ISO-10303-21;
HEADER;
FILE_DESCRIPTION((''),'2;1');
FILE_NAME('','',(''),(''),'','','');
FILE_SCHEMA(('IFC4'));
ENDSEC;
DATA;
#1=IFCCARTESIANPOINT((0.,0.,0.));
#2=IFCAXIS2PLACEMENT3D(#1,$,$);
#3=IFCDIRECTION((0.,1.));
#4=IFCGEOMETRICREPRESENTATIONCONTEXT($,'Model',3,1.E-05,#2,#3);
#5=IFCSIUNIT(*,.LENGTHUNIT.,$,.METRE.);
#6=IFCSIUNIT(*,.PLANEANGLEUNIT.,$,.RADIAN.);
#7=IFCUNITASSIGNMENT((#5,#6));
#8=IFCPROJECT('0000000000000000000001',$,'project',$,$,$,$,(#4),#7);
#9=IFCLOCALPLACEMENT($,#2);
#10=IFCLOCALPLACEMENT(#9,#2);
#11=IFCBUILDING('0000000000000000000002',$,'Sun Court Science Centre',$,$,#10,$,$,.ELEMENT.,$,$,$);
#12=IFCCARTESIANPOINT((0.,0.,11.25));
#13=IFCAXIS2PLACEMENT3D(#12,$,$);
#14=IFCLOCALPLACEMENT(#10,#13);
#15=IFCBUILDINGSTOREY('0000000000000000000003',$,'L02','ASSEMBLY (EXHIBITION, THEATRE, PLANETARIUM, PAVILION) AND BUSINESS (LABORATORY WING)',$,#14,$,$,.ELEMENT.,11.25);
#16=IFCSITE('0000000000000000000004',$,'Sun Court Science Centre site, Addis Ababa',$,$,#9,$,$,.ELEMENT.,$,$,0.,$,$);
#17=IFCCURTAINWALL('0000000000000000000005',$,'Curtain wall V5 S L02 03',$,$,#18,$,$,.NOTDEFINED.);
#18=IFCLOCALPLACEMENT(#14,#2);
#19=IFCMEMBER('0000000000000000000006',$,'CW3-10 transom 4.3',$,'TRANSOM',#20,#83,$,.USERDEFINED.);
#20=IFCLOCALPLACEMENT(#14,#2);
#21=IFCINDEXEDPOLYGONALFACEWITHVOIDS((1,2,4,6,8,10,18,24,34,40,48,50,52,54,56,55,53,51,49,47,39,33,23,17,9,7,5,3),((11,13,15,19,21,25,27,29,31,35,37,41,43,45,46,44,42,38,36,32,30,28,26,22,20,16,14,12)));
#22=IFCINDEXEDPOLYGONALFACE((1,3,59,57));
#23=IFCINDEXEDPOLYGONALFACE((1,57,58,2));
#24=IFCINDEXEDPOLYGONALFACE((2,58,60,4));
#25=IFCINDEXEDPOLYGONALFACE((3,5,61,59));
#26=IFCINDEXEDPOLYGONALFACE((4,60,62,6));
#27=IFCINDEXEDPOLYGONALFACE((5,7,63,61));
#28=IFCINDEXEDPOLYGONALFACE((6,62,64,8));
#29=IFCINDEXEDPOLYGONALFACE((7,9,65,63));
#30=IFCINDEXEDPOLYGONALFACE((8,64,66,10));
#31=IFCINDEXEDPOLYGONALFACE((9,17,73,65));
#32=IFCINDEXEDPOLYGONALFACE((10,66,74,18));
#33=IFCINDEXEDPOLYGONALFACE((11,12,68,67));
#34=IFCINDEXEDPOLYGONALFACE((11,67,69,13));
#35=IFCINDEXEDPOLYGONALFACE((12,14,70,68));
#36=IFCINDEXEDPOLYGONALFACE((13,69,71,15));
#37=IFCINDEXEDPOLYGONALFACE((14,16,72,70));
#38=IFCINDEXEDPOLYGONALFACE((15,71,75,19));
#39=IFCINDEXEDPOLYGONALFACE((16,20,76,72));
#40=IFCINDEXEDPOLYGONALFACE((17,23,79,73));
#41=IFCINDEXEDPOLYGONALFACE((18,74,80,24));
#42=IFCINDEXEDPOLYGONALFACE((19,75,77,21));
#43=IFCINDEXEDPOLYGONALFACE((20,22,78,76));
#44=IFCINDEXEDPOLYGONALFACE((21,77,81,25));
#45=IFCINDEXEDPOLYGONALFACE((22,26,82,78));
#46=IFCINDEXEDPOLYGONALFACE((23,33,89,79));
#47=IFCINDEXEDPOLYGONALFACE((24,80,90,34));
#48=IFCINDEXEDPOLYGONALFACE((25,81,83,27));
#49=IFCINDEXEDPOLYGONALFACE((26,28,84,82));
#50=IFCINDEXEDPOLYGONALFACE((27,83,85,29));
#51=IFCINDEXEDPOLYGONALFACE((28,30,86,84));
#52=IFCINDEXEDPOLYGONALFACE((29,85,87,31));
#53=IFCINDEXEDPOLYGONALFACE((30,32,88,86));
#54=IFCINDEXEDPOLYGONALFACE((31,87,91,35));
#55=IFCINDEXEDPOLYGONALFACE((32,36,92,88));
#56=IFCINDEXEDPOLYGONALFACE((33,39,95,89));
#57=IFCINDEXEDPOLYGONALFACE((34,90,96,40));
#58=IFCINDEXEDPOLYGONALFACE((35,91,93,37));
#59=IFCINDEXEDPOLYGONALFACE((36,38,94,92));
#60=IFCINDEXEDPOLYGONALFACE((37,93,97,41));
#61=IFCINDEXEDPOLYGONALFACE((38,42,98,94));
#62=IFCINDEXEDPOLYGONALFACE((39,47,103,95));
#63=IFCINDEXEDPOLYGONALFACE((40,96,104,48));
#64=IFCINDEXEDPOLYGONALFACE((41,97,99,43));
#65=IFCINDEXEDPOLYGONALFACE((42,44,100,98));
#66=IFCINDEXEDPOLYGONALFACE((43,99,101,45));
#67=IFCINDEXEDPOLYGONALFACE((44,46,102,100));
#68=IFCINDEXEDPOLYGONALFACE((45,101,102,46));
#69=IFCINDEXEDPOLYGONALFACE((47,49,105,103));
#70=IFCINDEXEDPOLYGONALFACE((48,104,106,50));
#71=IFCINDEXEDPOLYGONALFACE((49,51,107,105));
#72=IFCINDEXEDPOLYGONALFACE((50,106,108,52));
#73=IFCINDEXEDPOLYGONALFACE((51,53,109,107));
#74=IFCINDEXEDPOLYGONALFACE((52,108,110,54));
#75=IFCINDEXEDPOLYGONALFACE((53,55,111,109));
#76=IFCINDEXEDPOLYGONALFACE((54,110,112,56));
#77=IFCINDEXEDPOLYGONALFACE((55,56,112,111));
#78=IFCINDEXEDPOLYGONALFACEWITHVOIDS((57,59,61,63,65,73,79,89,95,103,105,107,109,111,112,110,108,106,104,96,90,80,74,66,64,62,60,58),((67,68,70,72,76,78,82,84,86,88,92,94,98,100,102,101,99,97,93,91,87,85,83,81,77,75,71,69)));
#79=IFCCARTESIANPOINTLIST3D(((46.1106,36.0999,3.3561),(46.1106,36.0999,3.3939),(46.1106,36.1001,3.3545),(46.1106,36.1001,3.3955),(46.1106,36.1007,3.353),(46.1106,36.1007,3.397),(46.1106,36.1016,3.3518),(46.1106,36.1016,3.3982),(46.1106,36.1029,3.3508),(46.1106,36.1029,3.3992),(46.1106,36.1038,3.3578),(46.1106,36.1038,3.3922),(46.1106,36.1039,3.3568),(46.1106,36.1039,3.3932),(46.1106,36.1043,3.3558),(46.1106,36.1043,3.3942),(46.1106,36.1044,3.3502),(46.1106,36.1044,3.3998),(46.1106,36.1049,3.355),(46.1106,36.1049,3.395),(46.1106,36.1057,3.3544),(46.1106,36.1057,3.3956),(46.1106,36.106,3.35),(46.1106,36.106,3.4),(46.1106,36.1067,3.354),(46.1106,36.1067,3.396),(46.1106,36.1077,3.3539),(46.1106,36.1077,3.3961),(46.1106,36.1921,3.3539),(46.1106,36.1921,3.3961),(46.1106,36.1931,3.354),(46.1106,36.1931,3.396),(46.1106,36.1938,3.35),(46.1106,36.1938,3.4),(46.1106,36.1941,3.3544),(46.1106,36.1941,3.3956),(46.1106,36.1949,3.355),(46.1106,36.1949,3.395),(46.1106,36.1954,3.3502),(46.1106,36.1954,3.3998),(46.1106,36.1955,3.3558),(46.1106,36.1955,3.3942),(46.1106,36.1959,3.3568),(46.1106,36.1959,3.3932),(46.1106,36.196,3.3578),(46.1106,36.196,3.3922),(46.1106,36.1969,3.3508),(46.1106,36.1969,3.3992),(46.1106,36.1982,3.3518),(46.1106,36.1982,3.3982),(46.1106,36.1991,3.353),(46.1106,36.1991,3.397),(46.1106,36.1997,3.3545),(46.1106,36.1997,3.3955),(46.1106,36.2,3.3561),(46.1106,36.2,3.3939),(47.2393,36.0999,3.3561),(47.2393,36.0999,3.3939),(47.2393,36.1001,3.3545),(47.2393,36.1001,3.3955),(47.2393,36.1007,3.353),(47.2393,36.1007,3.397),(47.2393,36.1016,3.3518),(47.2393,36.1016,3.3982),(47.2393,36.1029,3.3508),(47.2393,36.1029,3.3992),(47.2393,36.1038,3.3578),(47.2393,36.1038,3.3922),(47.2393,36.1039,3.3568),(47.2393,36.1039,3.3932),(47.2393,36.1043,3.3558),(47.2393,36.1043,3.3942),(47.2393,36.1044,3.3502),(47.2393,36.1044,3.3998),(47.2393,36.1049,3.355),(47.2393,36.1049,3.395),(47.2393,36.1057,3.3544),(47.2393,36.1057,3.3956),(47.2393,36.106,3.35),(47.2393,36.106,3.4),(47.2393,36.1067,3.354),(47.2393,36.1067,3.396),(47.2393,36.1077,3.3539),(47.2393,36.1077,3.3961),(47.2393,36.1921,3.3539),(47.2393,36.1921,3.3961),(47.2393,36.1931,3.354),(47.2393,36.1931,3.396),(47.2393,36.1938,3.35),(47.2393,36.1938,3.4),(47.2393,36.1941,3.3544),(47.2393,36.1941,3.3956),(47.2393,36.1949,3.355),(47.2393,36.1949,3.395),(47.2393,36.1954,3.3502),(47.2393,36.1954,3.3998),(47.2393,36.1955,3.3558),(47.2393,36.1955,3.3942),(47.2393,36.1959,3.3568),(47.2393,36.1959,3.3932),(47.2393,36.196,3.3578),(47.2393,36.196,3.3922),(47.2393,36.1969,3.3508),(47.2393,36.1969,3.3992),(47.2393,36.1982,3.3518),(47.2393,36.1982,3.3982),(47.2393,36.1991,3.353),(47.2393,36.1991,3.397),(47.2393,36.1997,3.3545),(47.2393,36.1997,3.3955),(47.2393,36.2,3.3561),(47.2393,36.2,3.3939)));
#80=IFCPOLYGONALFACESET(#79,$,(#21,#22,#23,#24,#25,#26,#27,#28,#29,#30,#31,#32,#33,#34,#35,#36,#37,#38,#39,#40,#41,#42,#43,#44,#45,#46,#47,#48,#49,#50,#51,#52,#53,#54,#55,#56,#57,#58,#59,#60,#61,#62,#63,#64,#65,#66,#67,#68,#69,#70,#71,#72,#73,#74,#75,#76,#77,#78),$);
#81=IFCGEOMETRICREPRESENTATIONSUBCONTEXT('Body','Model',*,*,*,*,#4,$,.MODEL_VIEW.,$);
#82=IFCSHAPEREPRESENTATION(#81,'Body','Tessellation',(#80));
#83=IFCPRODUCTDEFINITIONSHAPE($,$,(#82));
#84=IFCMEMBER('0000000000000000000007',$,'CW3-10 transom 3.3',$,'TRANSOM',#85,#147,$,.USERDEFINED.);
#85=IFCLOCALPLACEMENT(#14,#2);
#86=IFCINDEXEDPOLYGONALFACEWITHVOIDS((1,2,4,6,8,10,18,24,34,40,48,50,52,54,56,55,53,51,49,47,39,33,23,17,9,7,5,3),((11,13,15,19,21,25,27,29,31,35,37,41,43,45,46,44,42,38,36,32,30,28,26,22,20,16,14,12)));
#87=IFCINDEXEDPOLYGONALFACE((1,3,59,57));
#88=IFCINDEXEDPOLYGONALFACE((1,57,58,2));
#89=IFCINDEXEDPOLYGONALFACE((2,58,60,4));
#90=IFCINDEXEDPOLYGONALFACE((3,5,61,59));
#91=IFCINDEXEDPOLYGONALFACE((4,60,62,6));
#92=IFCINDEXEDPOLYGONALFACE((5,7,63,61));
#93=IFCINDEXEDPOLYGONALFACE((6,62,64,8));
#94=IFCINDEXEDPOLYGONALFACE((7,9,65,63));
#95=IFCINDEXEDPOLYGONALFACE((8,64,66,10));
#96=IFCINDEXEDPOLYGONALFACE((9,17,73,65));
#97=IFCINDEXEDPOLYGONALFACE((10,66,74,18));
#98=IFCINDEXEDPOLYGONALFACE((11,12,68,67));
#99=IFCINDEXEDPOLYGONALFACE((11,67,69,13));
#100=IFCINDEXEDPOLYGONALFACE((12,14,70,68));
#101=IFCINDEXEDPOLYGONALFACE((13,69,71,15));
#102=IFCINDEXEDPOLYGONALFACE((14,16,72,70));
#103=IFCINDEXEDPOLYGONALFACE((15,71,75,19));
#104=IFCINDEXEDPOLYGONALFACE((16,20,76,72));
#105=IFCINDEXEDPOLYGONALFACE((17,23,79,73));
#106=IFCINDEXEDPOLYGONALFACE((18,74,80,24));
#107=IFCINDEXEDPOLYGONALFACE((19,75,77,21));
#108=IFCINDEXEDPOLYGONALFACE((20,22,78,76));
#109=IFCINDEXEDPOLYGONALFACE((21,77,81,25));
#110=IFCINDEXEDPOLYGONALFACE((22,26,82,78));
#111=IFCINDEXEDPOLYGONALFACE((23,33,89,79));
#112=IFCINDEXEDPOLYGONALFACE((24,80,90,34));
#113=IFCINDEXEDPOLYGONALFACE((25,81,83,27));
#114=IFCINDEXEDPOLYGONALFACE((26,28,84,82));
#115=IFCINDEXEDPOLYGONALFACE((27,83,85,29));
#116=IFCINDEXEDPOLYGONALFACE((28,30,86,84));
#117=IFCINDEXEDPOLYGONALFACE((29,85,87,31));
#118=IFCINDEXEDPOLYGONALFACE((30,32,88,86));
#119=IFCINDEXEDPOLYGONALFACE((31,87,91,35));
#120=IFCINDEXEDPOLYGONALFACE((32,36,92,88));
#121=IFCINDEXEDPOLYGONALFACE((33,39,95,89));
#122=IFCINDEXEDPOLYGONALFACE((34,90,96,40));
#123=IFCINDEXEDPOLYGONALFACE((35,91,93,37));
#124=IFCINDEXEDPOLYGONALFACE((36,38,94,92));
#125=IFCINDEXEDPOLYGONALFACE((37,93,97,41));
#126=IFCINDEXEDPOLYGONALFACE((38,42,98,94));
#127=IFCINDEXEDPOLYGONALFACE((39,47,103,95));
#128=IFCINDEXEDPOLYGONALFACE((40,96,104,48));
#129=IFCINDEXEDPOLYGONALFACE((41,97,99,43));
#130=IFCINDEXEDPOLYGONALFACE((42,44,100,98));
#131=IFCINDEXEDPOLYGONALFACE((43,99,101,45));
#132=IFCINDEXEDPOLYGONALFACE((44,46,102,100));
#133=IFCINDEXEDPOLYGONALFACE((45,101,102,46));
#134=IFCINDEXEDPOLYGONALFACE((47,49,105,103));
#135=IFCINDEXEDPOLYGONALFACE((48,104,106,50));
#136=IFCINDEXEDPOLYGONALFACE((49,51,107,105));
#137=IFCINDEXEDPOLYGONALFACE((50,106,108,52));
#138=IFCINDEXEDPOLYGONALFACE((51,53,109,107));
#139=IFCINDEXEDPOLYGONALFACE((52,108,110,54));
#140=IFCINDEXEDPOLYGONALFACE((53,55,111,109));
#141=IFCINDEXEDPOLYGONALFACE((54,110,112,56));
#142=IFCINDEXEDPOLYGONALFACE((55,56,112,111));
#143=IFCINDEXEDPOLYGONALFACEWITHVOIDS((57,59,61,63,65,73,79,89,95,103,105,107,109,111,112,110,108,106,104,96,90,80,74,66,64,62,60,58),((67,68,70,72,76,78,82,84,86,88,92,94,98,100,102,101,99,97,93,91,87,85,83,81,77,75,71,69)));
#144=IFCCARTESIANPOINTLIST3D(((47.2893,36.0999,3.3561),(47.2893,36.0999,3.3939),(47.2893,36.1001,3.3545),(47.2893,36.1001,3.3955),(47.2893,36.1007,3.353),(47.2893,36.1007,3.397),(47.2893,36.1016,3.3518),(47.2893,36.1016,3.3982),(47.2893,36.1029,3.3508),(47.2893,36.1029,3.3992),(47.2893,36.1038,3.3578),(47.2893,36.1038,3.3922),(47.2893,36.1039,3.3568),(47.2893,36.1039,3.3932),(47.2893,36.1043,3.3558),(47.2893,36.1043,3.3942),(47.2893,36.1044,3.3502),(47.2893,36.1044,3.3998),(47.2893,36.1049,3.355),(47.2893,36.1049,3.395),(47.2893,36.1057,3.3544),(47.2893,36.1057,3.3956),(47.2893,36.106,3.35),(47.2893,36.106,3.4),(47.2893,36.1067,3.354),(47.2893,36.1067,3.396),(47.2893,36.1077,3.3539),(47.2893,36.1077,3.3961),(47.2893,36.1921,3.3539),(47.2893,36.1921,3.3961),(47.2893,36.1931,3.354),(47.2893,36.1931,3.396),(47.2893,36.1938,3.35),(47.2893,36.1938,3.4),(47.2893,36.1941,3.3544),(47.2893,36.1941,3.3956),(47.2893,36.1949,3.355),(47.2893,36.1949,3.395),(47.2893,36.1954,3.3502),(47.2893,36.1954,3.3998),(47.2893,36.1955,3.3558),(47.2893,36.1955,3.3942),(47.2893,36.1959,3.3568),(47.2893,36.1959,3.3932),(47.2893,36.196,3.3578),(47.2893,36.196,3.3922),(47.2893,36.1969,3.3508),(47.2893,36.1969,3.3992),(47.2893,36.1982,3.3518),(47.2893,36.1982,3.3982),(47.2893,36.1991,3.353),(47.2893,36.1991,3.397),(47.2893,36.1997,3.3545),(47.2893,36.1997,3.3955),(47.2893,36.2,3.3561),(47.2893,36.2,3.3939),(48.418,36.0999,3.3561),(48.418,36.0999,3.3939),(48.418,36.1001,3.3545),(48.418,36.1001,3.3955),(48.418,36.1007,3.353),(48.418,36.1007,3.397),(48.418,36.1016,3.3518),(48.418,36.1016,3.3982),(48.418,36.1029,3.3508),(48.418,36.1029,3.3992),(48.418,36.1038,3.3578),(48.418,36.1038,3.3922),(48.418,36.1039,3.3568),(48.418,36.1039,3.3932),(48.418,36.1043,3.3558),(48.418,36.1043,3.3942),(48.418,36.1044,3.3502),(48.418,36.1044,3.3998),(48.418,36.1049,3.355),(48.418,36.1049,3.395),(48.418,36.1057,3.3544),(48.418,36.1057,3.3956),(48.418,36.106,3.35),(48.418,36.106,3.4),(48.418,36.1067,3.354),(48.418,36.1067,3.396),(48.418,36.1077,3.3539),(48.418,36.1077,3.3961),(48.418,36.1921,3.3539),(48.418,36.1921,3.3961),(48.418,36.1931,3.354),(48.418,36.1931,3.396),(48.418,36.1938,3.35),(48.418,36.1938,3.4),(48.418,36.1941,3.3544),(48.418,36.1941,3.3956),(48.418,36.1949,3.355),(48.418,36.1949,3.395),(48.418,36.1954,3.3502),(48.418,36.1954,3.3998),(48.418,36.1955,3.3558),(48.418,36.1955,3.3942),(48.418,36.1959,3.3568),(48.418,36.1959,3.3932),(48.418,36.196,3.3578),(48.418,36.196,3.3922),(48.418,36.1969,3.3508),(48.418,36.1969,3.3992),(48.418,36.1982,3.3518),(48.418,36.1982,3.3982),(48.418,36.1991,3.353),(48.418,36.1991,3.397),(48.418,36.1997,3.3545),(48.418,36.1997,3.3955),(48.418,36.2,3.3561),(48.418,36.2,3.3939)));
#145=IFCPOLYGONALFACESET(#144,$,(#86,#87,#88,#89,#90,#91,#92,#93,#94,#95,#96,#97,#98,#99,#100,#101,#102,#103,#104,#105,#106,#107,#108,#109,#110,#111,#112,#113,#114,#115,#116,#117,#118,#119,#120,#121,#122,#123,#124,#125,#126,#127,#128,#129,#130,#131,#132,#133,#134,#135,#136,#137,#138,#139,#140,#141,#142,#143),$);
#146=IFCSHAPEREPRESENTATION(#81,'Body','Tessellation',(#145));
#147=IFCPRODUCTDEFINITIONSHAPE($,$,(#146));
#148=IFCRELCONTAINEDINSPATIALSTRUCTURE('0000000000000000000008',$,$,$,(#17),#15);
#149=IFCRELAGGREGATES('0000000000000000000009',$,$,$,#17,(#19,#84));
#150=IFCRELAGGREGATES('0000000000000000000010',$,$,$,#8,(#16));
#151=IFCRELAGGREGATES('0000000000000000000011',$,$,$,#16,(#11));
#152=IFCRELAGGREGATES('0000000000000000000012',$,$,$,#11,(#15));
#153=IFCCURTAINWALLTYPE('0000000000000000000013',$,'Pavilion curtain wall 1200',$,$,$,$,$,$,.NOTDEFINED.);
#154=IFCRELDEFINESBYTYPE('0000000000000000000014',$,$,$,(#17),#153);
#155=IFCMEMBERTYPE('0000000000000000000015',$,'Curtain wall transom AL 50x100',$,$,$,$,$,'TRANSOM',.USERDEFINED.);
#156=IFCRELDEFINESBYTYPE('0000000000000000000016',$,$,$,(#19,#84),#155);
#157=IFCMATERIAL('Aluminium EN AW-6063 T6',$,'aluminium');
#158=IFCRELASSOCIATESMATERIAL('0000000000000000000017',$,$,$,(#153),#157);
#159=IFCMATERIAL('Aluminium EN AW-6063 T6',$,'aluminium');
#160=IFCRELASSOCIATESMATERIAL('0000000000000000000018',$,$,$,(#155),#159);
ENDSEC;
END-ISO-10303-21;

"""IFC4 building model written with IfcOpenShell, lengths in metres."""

from ifc_helpers import new_model, si_unit, direction, frame, origin, origin_2d, place, context, subcontext, project, spatial, hollow_rectangle, extrude, material, material_profile, profile_set, type_object, element, aggregate, save


model = new_model("IFC4")

# Units and contexts
model_context = context("Model", 3, precision=1e-05, world=origin(), true_north=direction((0.0, 1.0)))
body_context = subcontext(model_context, "Body", "Model", "MODEL_VIEW")
ifc_project = project(units=[si_unit("LENGTHUNIT", "METRE"), si_unit("PLANEANGLEUNIT", "RADIAN")], contexts=[model_context])

# Site, building, storey
site_placement = place(None, origin())
site = spatial("IfcSite", under=ifc_project, at=site_placement, Name="Sun Court Science Centre site, Addis Ababa", CompositionType="ELEMENT", RefElevation=0.0)
building_placement = place(site_placement, origin())
building = spatial("IfcBuilding", under=site, at=building_placement, Name="Sun Court Science Centre", CompositionType="ELEMENT")
storey_placement = place(building_placement, frame((0.0, 0.0, 11.25)))
storey = spatial("IfcBuildingStorey", under=building, at=storey_placement, Name="L02", Description="ASSEMBLY (EXHIBITION, THEATRE, PLANETARIUM, PAVILION) AND BUSINESS (LABORATORY WING)", CompositionType="ELEMENT", Elevation=11.25)

# Curtain wall, members
ifc_material_1 = material(Name="Aluminium EN AW-6063 T6", Category="aluminium")
curtain_wall_type = type_object("IfcCurtainWallType", Name="Pavilion curtain wall 1200", PredefinedType="NOTDEFINED", material=ifc_material_1)
curtain_wall_placement = place(storey_placement, origin())
curtain_wall = element("IfcCurtainWall", 1, at=curtain_wall_placement, inside=storey, type_object=curtain_wall_type, Name="Curtain wall V5 S L02 03", PredefinedType="NOTDEFINED")
ifc_material_2 = material(Name="Aluminium EN AW-6063 T6", Category="aluminium")
ifc_material_profile_1 = material_profile(ifc_material_2, hollow_rectangle(XDim=0.05, YDim=0.1001, WallThickness=0.0039, InnerFilletRadius=0.0039, OuterFilletRadius=0.0061, at=origin_2d()), Name="AL 50x100x4")
ifc_profile_set_1 = profile_set([ifc_material_profile_1], Name="Aluminium EN AW-6063 T6")
member_type_1 = type_object("IfcMemberType", Name="Curtain wall transom AL 50x100", ElementType="TRANSOM", PredefinedType="USERDEFINED", material=ifc_profile_set_1)
member_1_placement = place(storey_placement, frame((47.2393, 36.1499, 3.375), z_axis=(-1.0, 0.0, 0.0), x_axis=(0.0, 0.0, 1.0)))
member_1 = element("IfcMember", 2, at=member_1_placement, type_object=member_type_1, Name="CW3-10 transom 4.3", ObjectType="TRANSOM", PredefinedType="USERDEFINED", context=body_context, shape_type="SweptSolid", body=[
    extrude(hollow_rectangle(XDim=0.05, YDim=0.1001, WallThickness=0.0039, InnerFilletRadius=0.0039, OuterFilletRadius=0.0061, at=origin_2d()), origin(), (0.0, 0.0, 1.0), 1.1287),
])
member_2_placement = place(storey_placement, frame((48.418, 36.1499, 3.375), z_axis=(-1.0, 0.0, 0.0), x_axis=(0.0, 0.0, 1.0)))
member_2 = element("IfcMember", 3, at=member_2_placement, type_object=member_type_1, Name="CW3-10 transom 3.3", ObjectType="TRANSOM", PredefinedType="USERDEFINED", context=body_context, shape_type="SweptSolid", body=[
    extrude(hollow_rectangle(XDim=0.05, YDim=0.1001, WallThickness=0.0039, InnerFilletRadius=0.0039, OuterFilletRadius=0.0061, at=origin_2d()), origin(), (0.0, 0.0, 1.0), 1.1287),
])
aggregate(curtain_wall, [member_1, member_2])

save(model, "model.ifc")
